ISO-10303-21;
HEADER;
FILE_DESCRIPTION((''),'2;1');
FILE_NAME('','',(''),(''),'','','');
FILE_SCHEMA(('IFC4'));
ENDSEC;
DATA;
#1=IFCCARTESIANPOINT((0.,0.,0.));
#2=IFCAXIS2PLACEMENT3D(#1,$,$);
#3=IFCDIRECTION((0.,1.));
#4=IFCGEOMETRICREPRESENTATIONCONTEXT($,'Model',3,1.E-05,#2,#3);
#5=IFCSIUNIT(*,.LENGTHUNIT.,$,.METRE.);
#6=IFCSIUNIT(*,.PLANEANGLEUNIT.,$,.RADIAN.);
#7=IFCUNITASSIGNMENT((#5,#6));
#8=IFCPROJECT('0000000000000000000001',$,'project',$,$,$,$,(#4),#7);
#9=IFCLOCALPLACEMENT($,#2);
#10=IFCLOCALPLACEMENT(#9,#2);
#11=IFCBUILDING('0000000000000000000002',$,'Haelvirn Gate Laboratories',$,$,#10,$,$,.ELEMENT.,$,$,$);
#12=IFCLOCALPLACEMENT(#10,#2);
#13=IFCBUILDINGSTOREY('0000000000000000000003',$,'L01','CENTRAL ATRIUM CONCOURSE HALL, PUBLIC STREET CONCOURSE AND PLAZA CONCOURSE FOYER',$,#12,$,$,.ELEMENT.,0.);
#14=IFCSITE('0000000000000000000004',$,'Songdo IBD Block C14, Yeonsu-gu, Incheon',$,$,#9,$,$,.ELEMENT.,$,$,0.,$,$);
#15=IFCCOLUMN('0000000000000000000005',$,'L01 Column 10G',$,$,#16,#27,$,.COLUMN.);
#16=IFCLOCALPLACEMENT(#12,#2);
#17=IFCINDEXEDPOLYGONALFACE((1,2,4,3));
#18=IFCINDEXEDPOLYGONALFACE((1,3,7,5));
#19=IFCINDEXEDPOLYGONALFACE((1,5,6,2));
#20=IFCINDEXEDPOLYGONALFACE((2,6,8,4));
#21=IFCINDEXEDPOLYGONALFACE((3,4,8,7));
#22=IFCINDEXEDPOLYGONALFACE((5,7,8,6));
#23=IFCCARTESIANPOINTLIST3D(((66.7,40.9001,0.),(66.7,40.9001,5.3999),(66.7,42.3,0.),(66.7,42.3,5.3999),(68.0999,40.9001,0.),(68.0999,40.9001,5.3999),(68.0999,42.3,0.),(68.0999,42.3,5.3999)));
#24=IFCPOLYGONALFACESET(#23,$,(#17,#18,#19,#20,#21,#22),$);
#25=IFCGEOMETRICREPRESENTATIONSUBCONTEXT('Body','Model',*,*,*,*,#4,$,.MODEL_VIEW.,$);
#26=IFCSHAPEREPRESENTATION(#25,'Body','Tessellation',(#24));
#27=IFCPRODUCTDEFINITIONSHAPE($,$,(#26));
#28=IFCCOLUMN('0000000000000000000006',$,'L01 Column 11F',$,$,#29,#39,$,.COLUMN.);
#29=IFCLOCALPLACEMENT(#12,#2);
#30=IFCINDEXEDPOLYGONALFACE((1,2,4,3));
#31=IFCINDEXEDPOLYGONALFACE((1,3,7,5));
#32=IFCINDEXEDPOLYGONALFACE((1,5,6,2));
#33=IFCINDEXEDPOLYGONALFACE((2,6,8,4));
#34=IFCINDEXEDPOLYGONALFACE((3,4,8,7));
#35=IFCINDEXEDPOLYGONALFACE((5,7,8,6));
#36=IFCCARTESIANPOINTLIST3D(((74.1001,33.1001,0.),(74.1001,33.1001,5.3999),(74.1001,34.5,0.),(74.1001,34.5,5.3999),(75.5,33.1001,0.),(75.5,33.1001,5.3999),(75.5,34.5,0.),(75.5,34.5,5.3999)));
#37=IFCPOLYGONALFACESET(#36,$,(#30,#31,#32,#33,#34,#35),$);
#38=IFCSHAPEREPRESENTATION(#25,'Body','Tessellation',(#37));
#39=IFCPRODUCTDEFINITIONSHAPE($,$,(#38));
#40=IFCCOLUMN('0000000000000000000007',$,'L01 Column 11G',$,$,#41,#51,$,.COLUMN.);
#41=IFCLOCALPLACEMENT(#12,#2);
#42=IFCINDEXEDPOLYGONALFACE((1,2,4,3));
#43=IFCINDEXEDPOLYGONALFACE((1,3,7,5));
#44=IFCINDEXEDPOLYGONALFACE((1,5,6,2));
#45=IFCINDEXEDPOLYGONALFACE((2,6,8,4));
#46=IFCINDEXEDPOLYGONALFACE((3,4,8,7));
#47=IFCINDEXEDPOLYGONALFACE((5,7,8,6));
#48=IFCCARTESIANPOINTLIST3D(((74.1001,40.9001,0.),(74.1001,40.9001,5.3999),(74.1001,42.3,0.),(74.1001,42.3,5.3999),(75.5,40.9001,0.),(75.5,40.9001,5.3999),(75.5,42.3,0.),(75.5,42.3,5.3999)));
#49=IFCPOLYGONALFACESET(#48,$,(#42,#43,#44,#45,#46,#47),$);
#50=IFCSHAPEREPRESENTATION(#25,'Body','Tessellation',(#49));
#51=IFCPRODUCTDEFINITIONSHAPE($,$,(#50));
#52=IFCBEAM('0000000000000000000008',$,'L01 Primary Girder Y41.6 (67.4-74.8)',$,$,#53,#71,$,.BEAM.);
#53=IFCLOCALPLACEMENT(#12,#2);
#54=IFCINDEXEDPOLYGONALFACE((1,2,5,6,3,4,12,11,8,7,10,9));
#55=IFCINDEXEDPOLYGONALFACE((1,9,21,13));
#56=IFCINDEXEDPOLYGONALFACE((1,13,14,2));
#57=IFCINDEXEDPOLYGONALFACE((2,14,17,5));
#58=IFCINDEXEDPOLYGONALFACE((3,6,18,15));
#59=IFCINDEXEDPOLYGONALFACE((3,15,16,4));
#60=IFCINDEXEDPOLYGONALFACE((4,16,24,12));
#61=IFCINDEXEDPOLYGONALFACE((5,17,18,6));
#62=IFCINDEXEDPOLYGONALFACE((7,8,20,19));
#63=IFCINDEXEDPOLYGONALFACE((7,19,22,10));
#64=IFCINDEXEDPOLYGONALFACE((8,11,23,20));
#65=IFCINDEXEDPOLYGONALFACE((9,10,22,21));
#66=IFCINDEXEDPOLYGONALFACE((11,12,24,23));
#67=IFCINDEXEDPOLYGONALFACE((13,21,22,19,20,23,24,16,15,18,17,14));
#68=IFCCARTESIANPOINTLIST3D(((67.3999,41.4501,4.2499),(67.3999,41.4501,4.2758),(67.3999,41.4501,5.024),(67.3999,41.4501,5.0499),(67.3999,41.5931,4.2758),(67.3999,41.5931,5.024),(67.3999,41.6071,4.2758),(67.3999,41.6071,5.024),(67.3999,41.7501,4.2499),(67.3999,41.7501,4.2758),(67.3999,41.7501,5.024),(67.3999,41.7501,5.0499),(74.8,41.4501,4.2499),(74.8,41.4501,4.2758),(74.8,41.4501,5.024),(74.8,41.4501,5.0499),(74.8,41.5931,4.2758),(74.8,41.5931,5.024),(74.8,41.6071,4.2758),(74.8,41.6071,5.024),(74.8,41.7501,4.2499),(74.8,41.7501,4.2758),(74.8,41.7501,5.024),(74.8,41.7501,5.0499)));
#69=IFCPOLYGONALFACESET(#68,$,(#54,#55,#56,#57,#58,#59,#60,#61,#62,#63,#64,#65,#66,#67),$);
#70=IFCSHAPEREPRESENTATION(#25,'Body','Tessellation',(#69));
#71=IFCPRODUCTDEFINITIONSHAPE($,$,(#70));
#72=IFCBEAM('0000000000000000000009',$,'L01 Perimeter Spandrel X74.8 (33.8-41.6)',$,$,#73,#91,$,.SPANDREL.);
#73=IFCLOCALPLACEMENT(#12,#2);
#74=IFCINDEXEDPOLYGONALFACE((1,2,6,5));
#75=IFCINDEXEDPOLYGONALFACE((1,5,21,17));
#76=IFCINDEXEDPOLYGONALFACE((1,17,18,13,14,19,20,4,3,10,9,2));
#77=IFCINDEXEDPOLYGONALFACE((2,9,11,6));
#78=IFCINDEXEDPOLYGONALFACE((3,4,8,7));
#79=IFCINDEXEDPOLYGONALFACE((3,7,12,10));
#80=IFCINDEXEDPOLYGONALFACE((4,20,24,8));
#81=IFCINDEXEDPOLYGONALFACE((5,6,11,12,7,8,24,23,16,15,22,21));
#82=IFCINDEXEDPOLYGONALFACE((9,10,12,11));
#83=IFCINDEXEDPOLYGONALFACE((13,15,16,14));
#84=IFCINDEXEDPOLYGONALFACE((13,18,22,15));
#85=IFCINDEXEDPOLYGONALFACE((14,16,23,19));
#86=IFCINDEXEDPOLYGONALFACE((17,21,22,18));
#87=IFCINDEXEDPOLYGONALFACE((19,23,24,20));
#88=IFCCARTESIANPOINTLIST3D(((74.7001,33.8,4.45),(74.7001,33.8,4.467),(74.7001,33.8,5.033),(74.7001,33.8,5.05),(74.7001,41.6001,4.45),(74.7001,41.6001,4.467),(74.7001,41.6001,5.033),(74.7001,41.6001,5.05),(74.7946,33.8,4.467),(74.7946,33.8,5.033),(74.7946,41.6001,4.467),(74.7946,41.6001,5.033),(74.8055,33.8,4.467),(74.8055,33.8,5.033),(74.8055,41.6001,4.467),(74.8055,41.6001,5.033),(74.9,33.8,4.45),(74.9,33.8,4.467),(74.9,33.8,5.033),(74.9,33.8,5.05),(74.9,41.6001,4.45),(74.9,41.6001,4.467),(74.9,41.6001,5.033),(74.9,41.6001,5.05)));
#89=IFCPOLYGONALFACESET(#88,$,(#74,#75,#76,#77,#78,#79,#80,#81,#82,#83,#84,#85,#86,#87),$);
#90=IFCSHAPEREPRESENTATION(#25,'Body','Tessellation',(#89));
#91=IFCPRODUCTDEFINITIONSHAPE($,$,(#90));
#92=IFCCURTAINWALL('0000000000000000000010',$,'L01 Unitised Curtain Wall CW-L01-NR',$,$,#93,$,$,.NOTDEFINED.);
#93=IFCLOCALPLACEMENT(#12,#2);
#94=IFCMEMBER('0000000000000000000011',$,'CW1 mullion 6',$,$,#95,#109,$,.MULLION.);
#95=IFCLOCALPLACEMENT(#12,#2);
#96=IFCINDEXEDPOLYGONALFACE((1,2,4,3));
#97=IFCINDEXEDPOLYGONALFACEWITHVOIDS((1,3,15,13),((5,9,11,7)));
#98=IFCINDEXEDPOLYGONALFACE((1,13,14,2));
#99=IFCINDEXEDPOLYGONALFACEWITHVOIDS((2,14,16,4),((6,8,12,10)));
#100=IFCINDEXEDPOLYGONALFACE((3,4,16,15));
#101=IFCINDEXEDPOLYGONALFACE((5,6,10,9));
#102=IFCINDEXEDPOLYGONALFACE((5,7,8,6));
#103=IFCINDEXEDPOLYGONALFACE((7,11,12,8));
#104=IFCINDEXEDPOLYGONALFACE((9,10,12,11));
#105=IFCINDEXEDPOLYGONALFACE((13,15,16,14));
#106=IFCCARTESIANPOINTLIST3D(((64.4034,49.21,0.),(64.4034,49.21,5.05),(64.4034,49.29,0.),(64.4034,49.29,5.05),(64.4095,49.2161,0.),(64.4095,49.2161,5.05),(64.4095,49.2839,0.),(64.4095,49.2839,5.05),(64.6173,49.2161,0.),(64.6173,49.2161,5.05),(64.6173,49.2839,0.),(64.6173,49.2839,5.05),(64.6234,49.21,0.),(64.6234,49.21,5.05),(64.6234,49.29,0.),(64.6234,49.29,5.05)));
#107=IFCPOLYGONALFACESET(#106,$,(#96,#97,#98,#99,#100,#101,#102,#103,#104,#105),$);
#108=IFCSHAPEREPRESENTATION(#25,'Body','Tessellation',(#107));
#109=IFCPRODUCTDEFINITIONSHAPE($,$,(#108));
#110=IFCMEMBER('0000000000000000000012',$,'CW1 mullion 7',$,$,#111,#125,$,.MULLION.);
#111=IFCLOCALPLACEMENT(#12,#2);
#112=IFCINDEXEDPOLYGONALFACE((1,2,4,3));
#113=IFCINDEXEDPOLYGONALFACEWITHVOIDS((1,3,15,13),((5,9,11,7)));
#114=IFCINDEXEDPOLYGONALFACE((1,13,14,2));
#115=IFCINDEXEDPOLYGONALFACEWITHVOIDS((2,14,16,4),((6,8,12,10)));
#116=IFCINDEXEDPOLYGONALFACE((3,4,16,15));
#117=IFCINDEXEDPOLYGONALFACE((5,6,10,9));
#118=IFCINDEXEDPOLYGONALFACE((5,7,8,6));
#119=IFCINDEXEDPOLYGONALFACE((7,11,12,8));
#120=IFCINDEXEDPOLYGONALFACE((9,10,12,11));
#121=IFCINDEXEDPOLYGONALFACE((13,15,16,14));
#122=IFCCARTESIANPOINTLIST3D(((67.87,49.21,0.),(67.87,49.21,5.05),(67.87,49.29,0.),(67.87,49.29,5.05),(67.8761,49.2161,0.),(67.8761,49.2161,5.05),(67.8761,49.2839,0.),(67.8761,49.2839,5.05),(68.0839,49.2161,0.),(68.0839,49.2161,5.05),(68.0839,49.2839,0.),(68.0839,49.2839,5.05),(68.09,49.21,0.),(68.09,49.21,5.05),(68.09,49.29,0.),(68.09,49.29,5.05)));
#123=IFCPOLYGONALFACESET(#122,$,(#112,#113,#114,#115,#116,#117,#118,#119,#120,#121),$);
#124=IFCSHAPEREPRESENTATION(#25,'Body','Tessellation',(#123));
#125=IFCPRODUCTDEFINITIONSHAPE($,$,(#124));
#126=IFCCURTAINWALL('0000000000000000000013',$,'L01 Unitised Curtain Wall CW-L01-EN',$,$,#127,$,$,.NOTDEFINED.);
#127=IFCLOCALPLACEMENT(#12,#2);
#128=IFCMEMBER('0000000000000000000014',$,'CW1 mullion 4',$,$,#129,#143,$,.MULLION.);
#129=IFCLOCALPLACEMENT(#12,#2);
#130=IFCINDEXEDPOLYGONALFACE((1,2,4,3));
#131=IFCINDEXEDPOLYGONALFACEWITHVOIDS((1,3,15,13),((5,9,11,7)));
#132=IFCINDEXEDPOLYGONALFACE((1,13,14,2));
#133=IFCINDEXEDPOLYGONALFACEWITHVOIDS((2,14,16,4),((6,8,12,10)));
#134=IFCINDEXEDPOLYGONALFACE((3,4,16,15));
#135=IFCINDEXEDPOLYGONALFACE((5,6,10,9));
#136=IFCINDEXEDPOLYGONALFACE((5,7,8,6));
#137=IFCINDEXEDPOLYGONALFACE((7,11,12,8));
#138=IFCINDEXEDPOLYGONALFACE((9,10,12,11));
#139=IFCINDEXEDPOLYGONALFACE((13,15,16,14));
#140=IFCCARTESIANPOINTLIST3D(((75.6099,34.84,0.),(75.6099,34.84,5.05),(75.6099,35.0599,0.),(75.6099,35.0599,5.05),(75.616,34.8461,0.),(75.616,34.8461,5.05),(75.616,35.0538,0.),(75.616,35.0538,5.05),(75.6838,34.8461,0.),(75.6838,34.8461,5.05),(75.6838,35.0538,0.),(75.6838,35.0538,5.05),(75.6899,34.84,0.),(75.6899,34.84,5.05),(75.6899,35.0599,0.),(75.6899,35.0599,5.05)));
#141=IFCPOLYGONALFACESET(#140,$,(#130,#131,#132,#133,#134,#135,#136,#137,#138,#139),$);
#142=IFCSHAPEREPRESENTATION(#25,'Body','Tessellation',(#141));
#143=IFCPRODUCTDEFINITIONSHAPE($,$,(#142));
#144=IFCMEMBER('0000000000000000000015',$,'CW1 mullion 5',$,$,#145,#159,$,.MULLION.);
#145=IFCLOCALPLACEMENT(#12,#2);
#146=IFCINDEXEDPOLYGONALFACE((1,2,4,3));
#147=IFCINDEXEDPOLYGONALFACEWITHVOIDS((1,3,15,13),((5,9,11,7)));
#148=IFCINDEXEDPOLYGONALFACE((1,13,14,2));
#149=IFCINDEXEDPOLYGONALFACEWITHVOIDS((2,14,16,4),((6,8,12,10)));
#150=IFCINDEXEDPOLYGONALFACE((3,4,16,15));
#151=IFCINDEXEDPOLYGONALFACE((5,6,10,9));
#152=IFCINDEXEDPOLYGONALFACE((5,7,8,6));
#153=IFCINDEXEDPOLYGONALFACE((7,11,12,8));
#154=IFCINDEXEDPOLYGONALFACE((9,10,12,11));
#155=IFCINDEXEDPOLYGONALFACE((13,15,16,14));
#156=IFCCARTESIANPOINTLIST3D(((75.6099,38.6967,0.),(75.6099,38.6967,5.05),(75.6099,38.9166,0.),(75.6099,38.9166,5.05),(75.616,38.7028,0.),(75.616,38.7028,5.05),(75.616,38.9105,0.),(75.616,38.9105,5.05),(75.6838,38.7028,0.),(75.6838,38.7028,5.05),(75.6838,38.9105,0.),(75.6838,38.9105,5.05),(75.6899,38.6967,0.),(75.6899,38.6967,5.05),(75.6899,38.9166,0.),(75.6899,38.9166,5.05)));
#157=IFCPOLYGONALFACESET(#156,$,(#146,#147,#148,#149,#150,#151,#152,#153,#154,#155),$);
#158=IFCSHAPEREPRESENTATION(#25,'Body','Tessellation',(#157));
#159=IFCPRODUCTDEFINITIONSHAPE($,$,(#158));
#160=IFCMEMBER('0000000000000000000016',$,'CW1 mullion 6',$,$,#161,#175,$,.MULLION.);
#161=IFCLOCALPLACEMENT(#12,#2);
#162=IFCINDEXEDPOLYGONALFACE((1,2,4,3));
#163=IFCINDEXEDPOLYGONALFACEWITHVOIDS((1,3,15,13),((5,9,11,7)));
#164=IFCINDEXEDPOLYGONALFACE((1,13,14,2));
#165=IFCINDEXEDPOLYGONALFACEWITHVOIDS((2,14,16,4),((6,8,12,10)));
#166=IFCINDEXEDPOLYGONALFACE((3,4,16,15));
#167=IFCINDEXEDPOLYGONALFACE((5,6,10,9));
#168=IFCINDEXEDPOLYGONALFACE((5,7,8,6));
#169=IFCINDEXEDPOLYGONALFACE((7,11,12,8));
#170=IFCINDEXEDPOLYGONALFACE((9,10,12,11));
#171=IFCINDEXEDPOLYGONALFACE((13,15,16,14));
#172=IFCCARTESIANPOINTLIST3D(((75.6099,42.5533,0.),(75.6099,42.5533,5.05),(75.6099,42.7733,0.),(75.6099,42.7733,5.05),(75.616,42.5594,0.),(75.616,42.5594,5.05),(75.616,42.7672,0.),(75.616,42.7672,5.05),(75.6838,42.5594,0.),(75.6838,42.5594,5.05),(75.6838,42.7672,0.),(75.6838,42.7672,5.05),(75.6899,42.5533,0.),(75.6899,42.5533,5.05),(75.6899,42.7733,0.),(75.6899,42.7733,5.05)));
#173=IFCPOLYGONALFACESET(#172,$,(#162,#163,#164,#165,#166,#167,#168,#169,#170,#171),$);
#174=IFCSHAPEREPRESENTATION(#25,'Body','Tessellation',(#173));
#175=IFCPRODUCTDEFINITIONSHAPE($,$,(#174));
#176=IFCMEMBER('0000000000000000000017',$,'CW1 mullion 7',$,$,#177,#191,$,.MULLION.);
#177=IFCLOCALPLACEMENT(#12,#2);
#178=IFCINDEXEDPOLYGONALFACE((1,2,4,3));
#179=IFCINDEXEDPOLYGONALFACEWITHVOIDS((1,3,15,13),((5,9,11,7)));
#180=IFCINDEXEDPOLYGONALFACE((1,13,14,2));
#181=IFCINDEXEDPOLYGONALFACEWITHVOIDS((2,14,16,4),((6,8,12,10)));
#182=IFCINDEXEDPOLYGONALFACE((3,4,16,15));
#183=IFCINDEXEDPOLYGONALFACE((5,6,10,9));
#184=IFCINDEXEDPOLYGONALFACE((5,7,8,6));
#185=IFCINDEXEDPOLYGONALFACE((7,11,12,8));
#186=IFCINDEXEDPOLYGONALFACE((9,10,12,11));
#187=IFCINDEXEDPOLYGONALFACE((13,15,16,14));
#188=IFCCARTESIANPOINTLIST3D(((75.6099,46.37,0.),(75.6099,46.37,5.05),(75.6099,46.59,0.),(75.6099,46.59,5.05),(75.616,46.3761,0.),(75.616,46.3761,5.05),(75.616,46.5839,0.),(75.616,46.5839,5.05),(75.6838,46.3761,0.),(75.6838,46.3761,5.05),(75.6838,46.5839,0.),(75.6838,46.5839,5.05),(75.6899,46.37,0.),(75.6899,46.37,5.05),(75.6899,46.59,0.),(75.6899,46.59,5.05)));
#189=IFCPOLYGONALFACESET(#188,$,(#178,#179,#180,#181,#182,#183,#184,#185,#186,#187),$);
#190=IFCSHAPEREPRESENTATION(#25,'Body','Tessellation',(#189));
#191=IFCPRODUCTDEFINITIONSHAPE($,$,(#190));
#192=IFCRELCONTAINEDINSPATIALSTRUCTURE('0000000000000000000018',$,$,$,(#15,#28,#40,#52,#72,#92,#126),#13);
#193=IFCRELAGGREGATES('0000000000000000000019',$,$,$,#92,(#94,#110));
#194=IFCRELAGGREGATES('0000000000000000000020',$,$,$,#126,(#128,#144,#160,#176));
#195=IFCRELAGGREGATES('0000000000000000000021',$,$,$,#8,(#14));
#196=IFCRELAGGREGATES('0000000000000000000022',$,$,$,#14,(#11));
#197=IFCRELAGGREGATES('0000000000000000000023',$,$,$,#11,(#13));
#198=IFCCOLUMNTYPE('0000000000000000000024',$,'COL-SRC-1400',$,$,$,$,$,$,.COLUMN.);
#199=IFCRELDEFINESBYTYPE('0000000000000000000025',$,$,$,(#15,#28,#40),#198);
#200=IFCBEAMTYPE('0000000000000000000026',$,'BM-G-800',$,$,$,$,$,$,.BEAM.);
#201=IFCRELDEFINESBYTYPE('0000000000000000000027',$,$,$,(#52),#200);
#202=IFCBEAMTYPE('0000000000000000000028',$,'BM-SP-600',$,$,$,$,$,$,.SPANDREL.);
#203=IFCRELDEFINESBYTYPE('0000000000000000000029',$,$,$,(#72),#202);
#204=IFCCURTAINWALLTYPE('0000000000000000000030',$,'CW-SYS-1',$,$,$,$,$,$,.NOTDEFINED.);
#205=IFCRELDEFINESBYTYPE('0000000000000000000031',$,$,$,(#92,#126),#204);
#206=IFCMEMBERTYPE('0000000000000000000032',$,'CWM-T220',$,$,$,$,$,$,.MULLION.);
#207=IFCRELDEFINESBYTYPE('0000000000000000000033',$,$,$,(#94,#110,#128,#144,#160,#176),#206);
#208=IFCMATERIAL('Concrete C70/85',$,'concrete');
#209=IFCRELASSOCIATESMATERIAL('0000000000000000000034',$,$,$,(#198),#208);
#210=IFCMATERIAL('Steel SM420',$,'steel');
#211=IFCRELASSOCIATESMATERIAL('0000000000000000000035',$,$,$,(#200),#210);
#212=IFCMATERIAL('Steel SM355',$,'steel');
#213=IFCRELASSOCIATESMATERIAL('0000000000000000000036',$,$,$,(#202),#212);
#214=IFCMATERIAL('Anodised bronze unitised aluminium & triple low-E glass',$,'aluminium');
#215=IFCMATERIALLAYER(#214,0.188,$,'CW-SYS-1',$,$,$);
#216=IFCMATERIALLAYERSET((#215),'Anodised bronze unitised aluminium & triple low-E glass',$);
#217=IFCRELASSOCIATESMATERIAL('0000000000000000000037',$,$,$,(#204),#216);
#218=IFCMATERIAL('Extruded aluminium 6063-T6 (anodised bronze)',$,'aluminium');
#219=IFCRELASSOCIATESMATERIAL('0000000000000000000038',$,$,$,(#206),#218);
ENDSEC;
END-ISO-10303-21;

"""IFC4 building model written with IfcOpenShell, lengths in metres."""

from ifc_helpers import new_model, si_unit, direction, frame, origin, origin_2d, place, context, subcontext, project, spatial, rectangle, hollow_rectangle, i_section, extrude, source, transform, mapped, material, layer, layer_set, material_profile, profile_set, type_object, type_shapes, element, aggregate, save


model = new_model("IFC4")

# Units and contexts
model_context = context("Model", 3, precision=1e-05, world=origin(), true_north=direction((0.0, 1.0)))
body_context = subcontext(model_context, "Body", "Model", "MODEL_VIEW")
ifc_project = project(units=[si_unit("LENGTHUNIT", "METRE"), si_unit("PLANEANGLEUNIT", "RADIAN")], contexts=[model_context])

# Site, building, storey
site_placement = place(None, origin())
site = spatial("IfcSite", under=ifc_project, at=site_placement, Name="Songdo IBD Block C14, Yeonsu-gu, Incheon", CompositionType="ELEMENT", RefElevation=0.0)
building_placement = place(site_placement, origin())
building = spatial("IfcBuilding", under=site, at=building_placement, Name="Haelvirn Gate Laboratories", CompositionType="ELEMENT")
storey_placement = place(building_placement, origin())
storey = spatial("IfcBuildingStorey", under=building, at=storey_placement, Name="L01", Description="CENTRAL ATRIUM CONCOURSE HALL, PUBLIC STREET CONCOURSE AND PLAZA CONCOURSE FOYER", CompositionType="ELEMENT", Elevation=0.0)

# Columns
ifc_material_1 = material(Name="Concrete C70/85", Category="concrete")
ifc_material_profile_1 = material_profile(ifc_material_1, rectangle(XDim=1.3999, YDim=1.3999, at=origin_2d()), Name="SRC-1400x1400")
ifc_profile_set_1 = profile_set([ifc_material_profile_1], Name="Concrete C70/85")
column_type = type_object("IfcColumnType", Name="COL-SRC-1400", PredefinedType="COLUMN", material=ifc_profile_set_1)
shared_shape_1 = source(origin(), body_context, "Body", "SweptSolid", [
    extrude(rectangle(XDim=1.3999, YDim=1.3999, at=origin_2d()), origin(), (0.0, 0.0, 1.0), 5.3999),
])
type_shapes(column_type, [shared_shape_1])
for number, where, z_axis, x_axis, name in (
    (1, (67.3999, 41.6001, 0.0), (0.0, 0.0, 1.0), (1.0, 0.0, 0.0), "L01 Column 10G"),
    (2, (74.8, 33.8, 0.0), (0.0, 0.0, 1.0), (1.0, 0.0, 0.0), "L01 Column 11F"),
    (3, (74.8, 41.6001, 0.0), (0.0, 0.0, 1.0), (1.0, 0.0, 0.0), "L01 Column 11G"),
):
    element("IfcColumn", number, at=place(storey_placement, frame(where, z_axis=z_axis, x_axis=x_axis)), inside=storey, type_object=column_type, Name=name, PredefinedType="COLUMN", context=body_context, shape_type="MappedRepresentation", body=[
        mapped(shared_shape_1, transform((0.0, 0.0, 0.0), scale=1.0)),
    ])

# Beams
ifc_material_2 = material(Name="Steel SM420", Category="steel")
ifc_material_profile_2 = material_profile(ifc_material_2, i_section(OverallWidth=0.3, OverallDepth=0.8, WebThickness=0.0139, FlangeThickness=0.0259, at=origin_2d()), Name="H-800x300x14x26")
ifc_profile_set_2 = profile_set([ifc_material_profile_2], Name="Steel SM420")
beam_type_1 = type_object("IfcBeamType", Name="BM-G-800", PredefinedType="BEAM", material=ifc_profile_set_2)
shared_shape_2 = source(origin(), body_context, "Body", "SweptSolid", [
    extrude(i_section(OverallWidth=0.3, OverallDepth=0.8, WebThickness=0.0139, FlangeThickness=0.0259, at=origin_2d()), origin(), (0.0, 0.0, 1.0), 7.4001),
])
type_shapes(beam_type_1, [shared_shape_2])
beam_1_placement = place(storey_placement, frame((67.3999, 41.6001, 4.6499), z_axis=(1.0, 0.0, 0.0), x_axis=(0.0, 1.0, 0.0)))
element("IfcBeam", 4, at=beam_1_placement, inside=storey, type_object=beam_type_1, Name="L01 Primary Girder Y41.6 (67.4-74.8)", PredefinedType="BEAM", context=body_context, shape_type="MappedRepresentation", body=[
    mapped(shared_shape_2, transform((0.0, 0.0, 0.0), scale=1.0)),
])
ifc_material_3 = material(Name="Steel SM355", Category="steel")
ifc_material_profile_3 = material_profile(ifc_material_3, i_section(OverallWidth=0.2, OverallDepth=0.6001, WebThickness=0.011, FlangeThickness=0.0171, at=origin_2d()), Name="H-600x200x11x17")
ifc_profile_set_3 = profile_set([ifc_material_profile_3], Name="Steel SM355")
beam_type_2 = type_object("IfcBeamType", Name="BM-SP-600", PredefinedType="SPANDREL", material=ifc_profile_set_3)
shared_shape_3 = source(origin(), body_context, "Body", "SweptSolid", [
    extrude(i_section(OverallWidth=0.2, OverallDepth=0.6001, WebThickness=0.011, FlangeThickness=0.0171, at=origin_2d()), origin(), (0.0, 0.0, 1.0), 7.8),
])
type_shapes(beam_type_2, [shared_shape_3])
beam_2_placement = place(storey_placement, frame((74.8, 33.8, 4.75), z_axis=(0.0, 1.0, 0.0), x_axis=(-1.0, 0.0, 0.0)))
element("IfcBeam", 5, at=beam_2_placement, inside=storey, type_object=beam_type_2, Name="L01 Perimeter Spandrel X74.8 (33.8-41.6)", PredefinedType="SPANDREL", context=body_context, shape_type="MappedRepresentation", body=[
    mapped(shared_shape_3, transform((0.0, 0.0, 0.0), scale=1.0)),
])

# Curtain walls, members
ifc_material_4 = material(Name="Anodised bronze unitised aluminium & triple low-E glass", Category="aluminium")
ifc_layer_1 = layer(ifc_material_4, 0.188, Name="CW-SYS-1")
ifc_layer_set_1 = layer_set([ifc_layer_1], Name="Anodised bronze unitised aluminium & triple low-E glass")
curtain_wall_type = type_object("IfcCurtainWallType", Name="CW-SYS-1", PredefinedType="NOTDEFINED", material=ifc_layer_set_1)
curtain_wall_1_placement = place(storey_placement, origin())
curtain_wall_1 = element("IfcCurtainWall", 6, at=curtain_wall_1_placement, inside=storey, type_object=curtain_wall_type, Name="L01 Unitised Curtain Wall CW-L01-NR", PredefinedType="NOTDEFINED")
ifc_material_5 = material(Name="Extruded aluminium 6063-T6 (anodised bronze)", Category="aluminium")
ifc_material_profile_4 = material_profile(ifc_material_5, hollow_rectangle(XDim=0.0801, YDim=0.22, WallThickness=0.0061, at=origin_2d()), Name="CWM-220x80x6")
ifc_profile_set_4 = profile_set([ifc_material_profile_4], Name="Extruded aluminium 6063-T6 (anodised bronze)")
member_type_1 = type_object("IfcMemberType", Name="CWM-T220", PredefinedType="MULLION", material=ifc_profile_set_4)
shared_shape_4 = source(origin(), body_context, "Body", "SweptSolid", [
    extrude(hollow_rectangle(XDim=0.0801, YDim=0.22, WallThickness=0.0061, at=origin_2d()), origin(), (0.0, 0.0, 1.0), 5.05),
])
type_shapes(member_type_1, [shared_shape_4])
member_1_placement = place(storey_placement, frame((64.5134, 49.25, 0.0), z_axis=(0.0, 0.0, 1.0), x_axis=(0.0, 1.0, 0.0)))
member_1 = element("IfcMember", 7, at=member_1_placement, type_object=member_type_1, Name="CW1 mullion 6", PredefinedType="MULLION", context=body_context, shape_type="MappedRepresentation", body=[
    mapped(shared_shape_4, transform((0.0, 0.0, 0.0), scale=1.0)),
])
member_2_placement = place(storey_placement, frame((67.98, 49.25, 0.0), z_axis=(0.0, 0.0, 1.0), x_axis=(0.0, 1.0, 0.0)))
member_2 = element("IfcMember", 8, at=member_2_placement, type_object=member_type_1, Name="CW1 mullion 7", PredefinedType="MULLION", context=body_context, shape_type="MappedRepresentation", body=[
    mapped(shared_shape_4, transform((0.0, 0.0, 0.0), scale=1.0)),
])
curtain_wall_2_placement = place(storey_placement, origin())
curtain_wall_2 = element("IfcCurtainWall", 9, at=curtain_wall_2_placement, inside=storey, type_object=curtain_wall_type, Name="L01 Unitised Curtain Wall CW-L01-EN", PredefinedType="NOTDEFINED")
member_3_placement = place(storey_placement, frame((75.6499, 34.95, 0.0), z_axis=(0.0, 0.0, 1.0), x_axis=(-1.0, 0.0, 0.0)))
member_3 = element("IfcMember", 10, at=member_3_placement, type_object=member_type_1, Name="CW1 mullion 4", PredefinedType="MULLION", context=body_context, shape_type="MappedRepresentation", body=[
    mapped(shared_shape_4, transform((0.0, 0.0, 0.0), scale=1.0)),
])
member_4_placement = place(storey_placement, frame((75.6499, 38.8066, 0.0), z_axis=(0.0, 0.0, 1.0), x_axis=(-1.0, 0.0, 0.0)))
member_4 = element("IfcMember", 11, at=member_4_placement, type_object=member_type_1, Name="CW1 mullion 5", PredefinedType="MULLION", context=body_context, shape_type="MappedRepresentation", body=[
    mapped(shared_shape_4, transform((0.0, 0.0, 0.0), scale=1.0)),
])
member_5_placement = place(storey_placement, frame((75.6499, 42.6633, 0.0), z_axis=(0.0, 0.0, 1.0), x_axis=(-1.0, 0.0, 0.0)))
member_5 = element("IfcMember", 12, at=member_5_placement, type_object=member_type_1, Name="CW1 mullion 6", PredefinedType="MULLION", context=body_context, shape_type="MappedRepresentation", body=[
    mapped(shared_shape_4, transform((0.0, 0.0, 0.0), scale=1.0)),
])
member_6_placement = place(storey_placement, frame((75.6499, 46.48, 0.0), z_axis=(0.0, 0.0, 1.0), x_axis=(-1.0, 0.0, 0.0)))
member_6 = element("IfcMember", 13, at=member_6_placement, type_object=member_type_1, Name="CW1 mullion 7", PredefinedType="MULLION", context=body_context, shape_type="MappedRepresentation", body=[
    mapped(shared_shape_4, transform((0.0, 0.0, 0.0), scale=1.0)),
])

aggregate(curtain_wall_1, [member_1, member_2])
aggregate(curtain_wall_2, [member_3, member_4, member_5, member_6])

save(model, "model.ifc")
